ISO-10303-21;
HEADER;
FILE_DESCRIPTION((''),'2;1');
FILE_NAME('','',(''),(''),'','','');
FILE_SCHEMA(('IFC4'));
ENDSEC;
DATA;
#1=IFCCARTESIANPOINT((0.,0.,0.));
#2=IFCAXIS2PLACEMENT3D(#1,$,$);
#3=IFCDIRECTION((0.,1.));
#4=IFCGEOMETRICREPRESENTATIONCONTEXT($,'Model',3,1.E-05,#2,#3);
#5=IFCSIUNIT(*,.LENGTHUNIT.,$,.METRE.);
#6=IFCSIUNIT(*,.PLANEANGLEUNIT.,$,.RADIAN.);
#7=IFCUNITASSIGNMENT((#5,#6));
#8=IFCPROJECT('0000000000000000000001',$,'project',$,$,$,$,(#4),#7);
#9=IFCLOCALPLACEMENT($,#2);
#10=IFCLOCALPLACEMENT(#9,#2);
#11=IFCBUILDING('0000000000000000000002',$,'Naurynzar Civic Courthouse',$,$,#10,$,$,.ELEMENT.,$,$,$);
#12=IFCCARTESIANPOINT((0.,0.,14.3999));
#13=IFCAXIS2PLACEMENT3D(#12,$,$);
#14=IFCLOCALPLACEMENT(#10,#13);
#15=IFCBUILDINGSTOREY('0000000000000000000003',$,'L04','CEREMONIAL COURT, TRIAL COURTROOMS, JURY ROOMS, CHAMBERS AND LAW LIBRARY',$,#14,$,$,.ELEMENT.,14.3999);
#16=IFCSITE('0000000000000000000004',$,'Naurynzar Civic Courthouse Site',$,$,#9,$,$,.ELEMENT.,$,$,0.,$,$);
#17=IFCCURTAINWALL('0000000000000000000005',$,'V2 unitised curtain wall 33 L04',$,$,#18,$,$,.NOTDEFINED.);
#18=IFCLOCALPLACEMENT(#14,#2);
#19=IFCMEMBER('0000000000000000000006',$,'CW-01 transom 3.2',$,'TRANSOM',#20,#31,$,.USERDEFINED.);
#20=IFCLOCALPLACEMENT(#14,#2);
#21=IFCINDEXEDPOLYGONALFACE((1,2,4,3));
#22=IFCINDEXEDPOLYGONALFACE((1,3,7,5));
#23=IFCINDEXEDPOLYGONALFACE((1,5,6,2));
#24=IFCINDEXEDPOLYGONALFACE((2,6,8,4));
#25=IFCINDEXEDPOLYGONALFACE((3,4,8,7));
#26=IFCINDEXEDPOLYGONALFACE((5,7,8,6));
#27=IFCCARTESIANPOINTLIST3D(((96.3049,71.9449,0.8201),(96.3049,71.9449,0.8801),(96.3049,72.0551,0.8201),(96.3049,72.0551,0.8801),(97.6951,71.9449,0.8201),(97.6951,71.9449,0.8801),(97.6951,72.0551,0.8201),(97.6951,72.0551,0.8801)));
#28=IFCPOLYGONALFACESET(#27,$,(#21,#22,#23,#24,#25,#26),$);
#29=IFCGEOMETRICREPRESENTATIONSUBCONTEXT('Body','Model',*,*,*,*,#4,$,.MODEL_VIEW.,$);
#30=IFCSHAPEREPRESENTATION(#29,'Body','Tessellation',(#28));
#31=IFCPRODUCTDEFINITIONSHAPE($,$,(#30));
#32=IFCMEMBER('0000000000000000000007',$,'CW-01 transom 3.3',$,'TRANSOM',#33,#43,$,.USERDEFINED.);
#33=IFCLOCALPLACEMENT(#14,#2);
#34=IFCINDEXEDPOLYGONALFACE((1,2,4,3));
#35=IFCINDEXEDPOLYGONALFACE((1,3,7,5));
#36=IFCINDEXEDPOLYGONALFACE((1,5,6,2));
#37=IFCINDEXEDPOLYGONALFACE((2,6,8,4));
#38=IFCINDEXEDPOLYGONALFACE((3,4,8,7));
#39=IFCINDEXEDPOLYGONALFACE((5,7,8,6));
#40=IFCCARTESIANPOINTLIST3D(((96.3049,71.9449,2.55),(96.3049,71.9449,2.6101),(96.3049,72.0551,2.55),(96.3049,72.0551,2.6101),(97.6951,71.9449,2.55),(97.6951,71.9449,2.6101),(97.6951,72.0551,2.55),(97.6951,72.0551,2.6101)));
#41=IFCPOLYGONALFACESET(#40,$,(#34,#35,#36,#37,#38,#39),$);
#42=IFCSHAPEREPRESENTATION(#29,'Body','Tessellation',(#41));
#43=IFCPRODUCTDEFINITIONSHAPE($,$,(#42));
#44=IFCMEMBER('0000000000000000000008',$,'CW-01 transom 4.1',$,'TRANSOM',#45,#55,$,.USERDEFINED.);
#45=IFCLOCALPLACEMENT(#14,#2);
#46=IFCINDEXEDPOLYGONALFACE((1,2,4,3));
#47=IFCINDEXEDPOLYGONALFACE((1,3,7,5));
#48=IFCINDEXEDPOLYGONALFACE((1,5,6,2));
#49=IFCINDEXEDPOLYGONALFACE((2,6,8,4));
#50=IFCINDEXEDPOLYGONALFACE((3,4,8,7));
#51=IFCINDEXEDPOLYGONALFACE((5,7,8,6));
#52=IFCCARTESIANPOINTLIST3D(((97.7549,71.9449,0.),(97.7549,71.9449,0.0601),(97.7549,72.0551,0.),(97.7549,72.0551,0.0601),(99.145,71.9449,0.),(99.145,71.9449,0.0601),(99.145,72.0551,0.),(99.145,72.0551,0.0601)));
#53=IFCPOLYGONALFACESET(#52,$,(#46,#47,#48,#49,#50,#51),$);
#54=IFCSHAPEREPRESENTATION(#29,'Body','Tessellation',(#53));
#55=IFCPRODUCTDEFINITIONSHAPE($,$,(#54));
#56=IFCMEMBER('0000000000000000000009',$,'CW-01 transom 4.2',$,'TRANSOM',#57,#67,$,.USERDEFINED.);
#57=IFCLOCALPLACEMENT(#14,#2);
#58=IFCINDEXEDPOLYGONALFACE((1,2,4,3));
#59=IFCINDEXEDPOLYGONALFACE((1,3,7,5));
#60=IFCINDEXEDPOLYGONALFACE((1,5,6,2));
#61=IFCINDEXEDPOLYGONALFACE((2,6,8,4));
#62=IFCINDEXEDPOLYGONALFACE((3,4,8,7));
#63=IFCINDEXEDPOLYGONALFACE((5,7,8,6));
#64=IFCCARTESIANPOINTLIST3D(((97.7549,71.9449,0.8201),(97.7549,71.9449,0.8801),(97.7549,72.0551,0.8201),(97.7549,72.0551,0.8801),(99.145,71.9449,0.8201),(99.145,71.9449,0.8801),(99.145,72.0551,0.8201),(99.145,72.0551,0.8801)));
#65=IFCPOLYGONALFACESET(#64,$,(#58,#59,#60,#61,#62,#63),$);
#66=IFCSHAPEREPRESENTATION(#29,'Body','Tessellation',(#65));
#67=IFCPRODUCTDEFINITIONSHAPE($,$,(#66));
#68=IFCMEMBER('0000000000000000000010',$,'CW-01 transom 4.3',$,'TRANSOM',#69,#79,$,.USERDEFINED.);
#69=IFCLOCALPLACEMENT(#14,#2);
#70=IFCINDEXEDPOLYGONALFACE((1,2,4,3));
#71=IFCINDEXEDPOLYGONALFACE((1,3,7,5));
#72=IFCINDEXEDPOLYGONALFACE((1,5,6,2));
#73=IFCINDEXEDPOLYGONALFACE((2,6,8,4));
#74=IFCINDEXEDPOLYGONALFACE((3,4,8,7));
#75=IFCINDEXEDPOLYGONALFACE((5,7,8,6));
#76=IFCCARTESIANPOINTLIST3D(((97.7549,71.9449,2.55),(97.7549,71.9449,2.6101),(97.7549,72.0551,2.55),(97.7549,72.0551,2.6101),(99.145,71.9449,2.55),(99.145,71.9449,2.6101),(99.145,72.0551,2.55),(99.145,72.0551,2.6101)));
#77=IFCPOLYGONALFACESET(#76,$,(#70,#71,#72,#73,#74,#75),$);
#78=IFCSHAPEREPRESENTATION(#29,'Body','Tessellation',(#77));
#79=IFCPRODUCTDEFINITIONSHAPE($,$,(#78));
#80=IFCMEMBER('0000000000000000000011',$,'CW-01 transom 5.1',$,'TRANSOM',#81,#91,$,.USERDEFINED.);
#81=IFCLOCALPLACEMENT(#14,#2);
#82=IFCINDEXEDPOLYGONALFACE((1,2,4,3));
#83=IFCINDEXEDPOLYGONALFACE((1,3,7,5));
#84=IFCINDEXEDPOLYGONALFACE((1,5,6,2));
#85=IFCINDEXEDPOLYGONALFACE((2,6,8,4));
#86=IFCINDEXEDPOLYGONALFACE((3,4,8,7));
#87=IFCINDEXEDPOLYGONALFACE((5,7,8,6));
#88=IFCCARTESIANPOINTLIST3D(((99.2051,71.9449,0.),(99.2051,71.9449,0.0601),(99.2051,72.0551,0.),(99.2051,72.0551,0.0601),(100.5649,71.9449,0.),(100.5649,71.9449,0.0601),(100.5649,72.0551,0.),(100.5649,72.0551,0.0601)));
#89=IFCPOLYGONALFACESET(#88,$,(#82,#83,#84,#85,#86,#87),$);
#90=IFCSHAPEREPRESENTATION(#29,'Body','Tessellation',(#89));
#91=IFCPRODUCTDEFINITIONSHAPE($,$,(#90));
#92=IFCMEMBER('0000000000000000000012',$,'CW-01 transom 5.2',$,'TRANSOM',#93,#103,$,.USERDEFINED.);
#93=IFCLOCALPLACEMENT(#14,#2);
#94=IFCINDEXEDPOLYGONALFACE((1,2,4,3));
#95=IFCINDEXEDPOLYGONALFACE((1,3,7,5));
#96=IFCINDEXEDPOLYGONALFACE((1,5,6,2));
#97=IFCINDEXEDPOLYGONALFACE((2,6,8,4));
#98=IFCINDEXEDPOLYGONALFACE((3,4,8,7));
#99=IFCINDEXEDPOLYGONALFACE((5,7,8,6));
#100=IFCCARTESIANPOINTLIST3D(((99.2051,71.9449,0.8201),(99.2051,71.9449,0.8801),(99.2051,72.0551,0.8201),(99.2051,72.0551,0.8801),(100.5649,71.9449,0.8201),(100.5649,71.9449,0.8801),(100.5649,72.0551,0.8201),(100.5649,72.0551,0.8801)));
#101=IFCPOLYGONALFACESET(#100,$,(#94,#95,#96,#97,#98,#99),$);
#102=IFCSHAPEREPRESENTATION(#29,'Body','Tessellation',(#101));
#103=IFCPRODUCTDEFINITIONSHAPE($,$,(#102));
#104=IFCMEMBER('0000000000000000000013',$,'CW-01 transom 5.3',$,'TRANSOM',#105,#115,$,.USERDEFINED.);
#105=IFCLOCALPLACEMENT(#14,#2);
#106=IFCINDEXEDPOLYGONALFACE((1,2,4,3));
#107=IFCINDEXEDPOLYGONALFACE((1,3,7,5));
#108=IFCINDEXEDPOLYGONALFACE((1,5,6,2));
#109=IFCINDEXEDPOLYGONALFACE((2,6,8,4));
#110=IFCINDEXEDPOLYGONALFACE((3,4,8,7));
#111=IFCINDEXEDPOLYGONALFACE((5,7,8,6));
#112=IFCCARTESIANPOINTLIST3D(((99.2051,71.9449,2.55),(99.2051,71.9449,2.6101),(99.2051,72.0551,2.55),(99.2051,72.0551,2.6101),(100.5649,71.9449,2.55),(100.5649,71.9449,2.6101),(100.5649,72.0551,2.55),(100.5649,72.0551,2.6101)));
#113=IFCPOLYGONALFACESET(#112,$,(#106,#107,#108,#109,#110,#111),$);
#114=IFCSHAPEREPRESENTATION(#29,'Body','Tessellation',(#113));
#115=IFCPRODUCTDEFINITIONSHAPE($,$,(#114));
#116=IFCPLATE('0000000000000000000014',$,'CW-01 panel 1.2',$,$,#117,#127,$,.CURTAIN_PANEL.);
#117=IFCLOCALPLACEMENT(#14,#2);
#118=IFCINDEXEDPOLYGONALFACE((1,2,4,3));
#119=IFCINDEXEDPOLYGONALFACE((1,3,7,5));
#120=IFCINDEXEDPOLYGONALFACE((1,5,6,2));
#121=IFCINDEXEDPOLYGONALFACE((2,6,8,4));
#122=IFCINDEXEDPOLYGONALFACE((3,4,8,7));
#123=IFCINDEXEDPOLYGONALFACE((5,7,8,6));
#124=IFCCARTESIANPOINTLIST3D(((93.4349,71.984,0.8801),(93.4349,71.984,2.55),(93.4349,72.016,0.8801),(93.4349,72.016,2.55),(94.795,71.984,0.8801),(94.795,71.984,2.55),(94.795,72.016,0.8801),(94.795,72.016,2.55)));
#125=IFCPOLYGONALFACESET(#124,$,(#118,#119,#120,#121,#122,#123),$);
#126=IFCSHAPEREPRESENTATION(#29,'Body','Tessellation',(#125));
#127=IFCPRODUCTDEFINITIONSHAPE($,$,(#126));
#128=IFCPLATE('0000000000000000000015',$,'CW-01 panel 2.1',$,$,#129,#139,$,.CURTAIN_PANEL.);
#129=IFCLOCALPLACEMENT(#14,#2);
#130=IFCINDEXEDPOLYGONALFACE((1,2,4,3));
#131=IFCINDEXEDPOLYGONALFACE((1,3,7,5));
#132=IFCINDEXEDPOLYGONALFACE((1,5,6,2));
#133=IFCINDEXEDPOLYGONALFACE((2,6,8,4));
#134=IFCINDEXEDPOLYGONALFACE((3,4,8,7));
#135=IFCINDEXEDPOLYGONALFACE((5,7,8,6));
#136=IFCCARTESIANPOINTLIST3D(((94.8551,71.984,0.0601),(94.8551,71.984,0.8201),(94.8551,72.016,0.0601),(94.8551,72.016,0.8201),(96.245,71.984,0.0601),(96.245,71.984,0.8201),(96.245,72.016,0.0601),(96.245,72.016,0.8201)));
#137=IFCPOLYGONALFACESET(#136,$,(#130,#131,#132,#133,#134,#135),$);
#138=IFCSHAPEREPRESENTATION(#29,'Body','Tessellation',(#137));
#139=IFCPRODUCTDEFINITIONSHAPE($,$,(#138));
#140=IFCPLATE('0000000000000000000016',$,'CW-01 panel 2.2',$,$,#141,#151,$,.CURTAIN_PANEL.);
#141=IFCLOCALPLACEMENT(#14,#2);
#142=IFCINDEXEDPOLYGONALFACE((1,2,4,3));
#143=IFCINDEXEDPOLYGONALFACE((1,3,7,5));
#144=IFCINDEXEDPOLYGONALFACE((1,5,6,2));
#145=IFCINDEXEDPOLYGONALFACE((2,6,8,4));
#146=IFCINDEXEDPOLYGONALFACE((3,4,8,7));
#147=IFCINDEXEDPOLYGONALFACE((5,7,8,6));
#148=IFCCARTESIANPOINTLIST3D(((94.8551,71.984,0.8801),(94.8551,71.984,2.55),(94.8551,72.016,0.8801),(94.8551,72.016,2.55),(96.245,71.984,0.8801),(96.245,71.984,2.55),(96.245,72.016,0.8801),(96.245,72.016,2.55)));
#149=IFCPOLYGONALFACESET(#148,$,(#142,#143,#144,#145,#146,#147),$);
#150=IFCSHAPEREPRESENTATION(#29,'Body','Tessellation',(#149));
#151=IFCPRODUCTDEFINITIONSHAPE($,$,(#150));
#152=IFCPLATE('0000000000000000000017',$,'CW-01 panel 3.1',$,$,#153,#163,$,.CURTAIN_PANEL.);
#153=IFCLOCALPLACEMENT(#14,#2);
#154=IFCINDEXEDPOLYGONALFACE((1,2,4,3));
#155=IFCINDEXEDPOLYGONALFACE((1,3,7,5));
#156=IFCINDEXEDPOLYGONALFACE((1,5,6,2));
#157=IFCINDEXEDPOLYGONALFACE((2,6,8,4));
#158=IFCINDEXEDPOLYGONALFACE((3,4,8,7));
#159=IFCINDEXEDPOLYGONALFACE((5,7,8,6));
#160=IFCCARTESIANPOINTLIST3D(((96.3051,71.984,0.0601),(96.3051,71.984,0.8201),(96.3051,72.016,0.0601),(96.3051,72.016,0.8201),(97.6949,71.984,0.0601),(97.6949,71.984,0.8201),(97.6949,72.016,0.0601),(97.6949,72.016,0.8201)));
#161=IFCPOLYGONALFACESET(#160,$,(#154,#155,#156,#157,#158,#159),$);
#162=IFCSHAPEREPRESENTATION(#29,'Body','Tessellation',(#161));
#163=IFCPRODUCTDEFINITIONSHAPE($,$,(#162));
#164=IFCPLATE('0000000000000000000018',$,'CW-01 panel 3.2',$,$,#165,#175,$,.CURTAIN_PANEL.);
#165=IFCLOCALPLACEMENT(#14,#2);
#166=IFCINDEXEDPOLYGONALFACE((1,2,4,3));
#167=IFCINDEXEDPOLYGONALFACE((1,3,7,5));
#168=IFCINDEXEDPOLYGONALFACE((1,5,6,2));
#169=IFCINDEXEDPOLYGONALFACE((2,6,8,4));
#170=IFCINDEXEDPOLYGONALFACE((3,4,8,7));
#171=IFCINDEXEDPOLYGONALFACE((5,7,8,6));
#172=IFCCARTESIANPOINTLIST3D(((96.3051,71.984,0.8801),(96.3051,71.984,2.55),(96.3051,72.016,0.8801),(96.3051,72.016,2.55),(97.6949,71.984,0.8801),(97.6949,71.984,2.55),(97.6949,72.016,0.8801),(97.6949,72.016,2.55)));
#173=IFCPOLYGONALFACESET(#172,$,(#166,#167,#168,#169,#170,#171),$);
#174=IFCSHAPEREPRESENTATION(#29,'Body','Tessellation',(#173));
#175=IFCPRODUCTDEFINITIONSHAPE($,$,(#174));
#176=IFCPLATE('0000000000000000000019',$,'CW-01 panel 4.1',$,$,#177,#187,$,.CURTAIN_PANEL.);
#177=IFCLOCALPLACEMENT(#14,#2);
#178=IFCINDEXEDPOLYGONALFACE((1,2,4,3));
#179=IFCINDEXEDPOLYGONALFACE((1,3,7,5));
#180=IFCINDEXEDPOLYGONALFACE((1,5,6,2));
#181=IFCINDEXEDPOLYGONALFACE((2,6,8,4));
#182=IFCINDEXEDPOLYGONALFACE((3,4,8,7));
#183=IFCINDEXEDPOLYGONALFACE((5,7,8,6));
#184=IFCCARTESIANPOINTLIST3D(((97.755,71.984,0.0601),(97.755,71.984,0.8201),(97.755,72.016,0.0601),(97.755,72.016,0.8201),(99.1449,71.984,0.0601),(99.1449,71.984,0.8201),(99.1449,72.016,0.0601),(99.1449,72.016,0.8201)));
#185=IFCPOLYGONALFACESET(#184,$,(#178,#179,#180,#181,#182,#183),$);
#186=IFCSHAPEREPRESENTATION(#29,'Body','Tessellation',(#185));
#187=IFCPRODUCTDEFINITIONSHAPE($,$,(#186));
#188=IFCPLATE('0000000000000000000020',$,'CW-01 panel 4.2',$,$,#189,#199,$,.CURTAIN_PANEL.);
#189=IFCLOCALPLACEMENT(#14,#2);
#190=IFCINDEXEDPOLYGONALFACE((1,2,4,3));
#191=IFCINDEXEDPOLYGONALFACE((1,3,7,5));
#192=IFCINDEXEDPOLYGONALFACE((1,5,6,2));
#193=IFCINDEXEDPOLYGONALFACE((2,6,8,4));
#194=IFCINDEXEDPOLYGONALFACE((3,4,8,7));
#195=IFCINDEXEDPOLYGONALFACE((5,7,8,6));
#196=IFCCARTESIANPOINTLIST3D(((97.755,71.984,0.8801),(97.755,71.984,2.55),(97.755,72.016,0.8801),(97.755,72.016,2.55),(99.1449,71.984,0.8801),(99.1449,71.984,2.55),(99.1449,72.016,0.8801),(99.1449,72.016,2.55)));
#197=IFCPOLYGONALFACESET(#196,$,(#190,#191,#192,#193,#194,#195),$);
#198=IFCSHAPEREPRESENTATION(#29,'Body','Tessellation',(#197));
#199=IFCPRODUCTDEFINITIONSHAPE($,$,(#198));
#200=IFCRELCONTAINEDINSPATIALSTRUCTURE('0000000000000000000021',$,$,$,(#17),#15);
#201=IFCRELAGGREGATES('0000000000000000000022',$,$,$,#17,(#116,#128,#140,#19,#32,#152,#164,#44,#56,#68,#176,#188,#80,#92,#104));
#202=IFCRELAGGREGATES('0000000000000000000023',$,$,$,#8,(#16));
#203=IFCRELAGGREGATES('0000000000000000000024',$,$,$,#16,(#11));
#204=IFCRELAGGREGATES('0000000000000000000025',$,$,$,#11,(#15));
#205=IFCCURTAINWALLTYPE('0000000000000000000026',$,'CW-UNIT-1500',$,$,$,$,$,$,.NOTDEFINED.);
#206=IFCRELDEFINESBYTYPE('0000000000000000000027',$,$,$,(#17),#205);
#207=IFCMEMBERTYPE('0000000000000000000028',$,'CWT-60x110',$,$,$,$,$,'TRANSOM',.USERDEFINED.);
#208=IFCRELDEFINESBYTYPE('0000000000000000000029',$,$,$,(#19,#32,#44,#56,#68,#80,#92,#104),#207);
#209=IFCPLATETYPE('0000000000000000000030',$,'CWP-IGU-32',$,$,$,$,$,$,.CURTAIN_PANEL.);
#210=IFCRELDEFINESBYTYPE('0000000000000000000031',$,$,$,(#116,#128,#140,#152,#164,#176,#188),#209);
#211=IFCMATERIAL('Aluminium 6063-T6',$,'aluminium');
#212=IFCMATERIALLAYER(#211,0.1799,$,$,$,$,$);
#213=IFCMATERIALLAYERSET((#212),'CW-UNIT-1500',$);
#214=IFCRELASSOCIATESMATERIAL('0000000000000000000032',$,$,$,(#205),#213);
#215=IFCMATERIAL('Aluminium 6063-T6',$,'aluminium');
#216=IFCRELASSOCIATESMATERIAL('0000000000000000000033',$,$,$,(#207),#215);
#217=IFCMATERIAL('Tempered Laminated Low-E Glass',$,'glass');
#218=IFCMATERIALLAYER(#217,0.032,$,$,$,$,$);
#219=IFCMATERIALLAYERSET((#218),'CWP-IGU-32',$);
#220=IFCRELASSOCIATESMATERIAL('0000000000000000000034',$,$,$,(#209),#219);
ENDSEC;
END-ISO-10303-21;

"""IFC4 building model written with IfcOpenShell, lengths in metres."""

from ifc_helpers import new_model, si_unit, direction, frame, origin, origin_2d, place, context, subcontext, project, spatial, rectangle, extrude, material, layer, layer_set, material_profile, profile_set, type_object, element, aggregate, save


model = new_model("IFC4")

# Units and contexts
model_context = context("Model", 3, precision=1e-05, world=origin(), true_north=direction((0.0, 1.0)))
body_context = subcontext(model_context, "Body", "Model", "MODEL_VIEW")
ifc_project = project(units=[si_unit("LENGTHUNIT", "METRE"), si_unit("PLANEANGLEUNIT", "RADIAN")], contexts=[model_context])

# Site, building, storey
site_placement = place(None, origin())
site = spatial("IfcSite", under=ifc_project, at=site_placement, Name="Naurynzar Civic Courthouse Site", CompositionType="ELEMENT", RefElevation=0.0)
building_placement = place(site_placement, origin())
building = spatial("IfcBuilding", under=site, at=building_placement, Name="Naurynzar Civic Courthouse", CompositionType="ELEMENT")
storey_placement = place(building_placement, frame((0.0, 0.0, 14.3999)))
storey = spatial("IfcBuildingStorey", under=building, at=storey_placement, Name="L04", Description="CEREMONIAL COURT, TRIAL COURTROOMS, JURY ROOMS, CHAMBERS AND LAW LIBRARY", CompositionType="ELEMENT", Elevation=14.3999)

# Curtain wall
ifc_material_1 = material(Name="Aluminium 6063-T6", Category="aluminium")
ifc_layer_1 = layer(ifc_material_1, 0.1799)
ifc_layer_set_1 = layer_set([ifc_layer_1], Name="CW-UNIT-1500")
curtain_wall_type = type_object("IfcCurtainWallType", Name="CW-UNIT-1500", PredefinedType="NOTDEFINED", material=ifc_layer_set_1)
curtain_wall_1_placement = place(storey_placement, origin())
curtain_wall_1 = element("IfcCurtainWall", 1, at=curtain_wall_1_placement, inside=storey, type_object=curtain_wall_type, Name="V2 unitised curtain wall 33 L04", PredefinedType="NOTDEFINED")

# Members
ifc_material_2 = material(Name="Aluminium 6063-T6", Category="aluminium")
ifc_material_profile_1 = material_profile(ifc_material_2, rectangle(XDim=0.1101, YDim=0.0601, at=origin_2d()), Name="ALU TRANSOM 60x110")
ifc_profile_set_1 = profile_set([ifc_material_profile_1], Name="Aluminium 6063-T6")
member_type_1 = type_object("IfcMemberType", Name="CWT-60x110", ElementType="TRANSOM", PredefinedType="USERDEFINED", material=ifc_profile_set_1)
member_1_placement = place(storey_placement, frame((96.3049, 72.0, 0.8501), z_axis=(1.0, 0.0, 0.0), x_axis=(0.0, 1.0, 0.0)))
member_1 = element("IfcMember", 2, at=member_1_placement, type_object=member_type_1, Name="CW-01 transom 3.2", ObjectType="TRANSOM", PredefinedType="USERDEFINED", context=body_context, shape_type="SweptSolid", body=[
    extrude(rectangle(XDim=0.1101, YDim=0.0601, at=origin_2d()), origin(), (0.0, 0.0, 1.0), 1.3901),
])
member_2_placement = place(storey_placement, frame((96.3049, 72.0, 2.5801), z_axis=(1.0, 0.0, 0.0), x_axis=(0.0, 1.0, 0.0)))
member_2 = element("IfcMember", 3, at=member_2_placement, type_object=member_type_1, Name="CW-01 transom 3.3", ObjectType="TRANSOM", PredefinedType="USERDEFINED", context=body_context, shape_type="SweptSolid", body=[
    extrude(rectangle(XDim=0.1101, YDim=0.0601, at=origin_2d()), origin(), (0.0, 0.0, 1.0), 1.3901),
])
member_3_placement = place(storey_placement, frame((97.7549, 72.0, 0.03), z_axis=(1.0, 0.0, 0.0), x_axis=(0.0, 1.0, 0.0)))
member_3 = element("IfcMember", 4, at=member_3_placement, type_object=member_type_1, Name="CW-01 transom 4.1", ObjectType="TRANSOM", PredefinedType="USERDEFINED", context=body_context, shape_type="SweptSolid", body=[
    extrude(rectangle(XDim=0.1101, YDim=0.0601, at=origin_2d()), origin(), (0.0, 0.0, 1.0), 1.3901),
])
member_4_placement = place(storey_placement, frame((97.7549, 72.0, 0.8501), z_axis=(1.0, 0.0, 0.0), x_axis=(0.0, 1.0, 0.0)))
member_4 = element("IfcMember", 5, at=member_4_placement, type_object=member_type_1, Name="CW-01 transom 4.2", ObjectType="TRANSOM", PredefinedType="USERDEFINED", context=body_context, shape_type="SweptSolid", body=[
    extrude(rectangle(XDim=0.1101, YDim=0.0601, at=origin_2d()), origin(), (0.0, 0.0, 1.0), 1.3901),
])
member_5_placement = place(storey_placement, frame((97.7549, 72.0, 2.5801), z_axis=(1.0, 0.0, 0.0), x_axis=(0.0, 1.0, 0.0)))
member_5 = element("IfcMember", 6, at=member_5_placement, type_object=member_type_1, Name="CW-01 transom 4.3", ObjectType="TRANSOM", PredefinedType="USERDEFINED", context=body_context, shape_type="SweptSolid", body=[
    extrude(rectangle(XDim=0.1101, YDim=0.0601, at=origin_2d()), origin(), (0.0, 0.0, 1.0), 1.3901),
])
member_6_placement = place(storey_placement, frame((99.2051, 72.0, 0.03), z_axis=(1.0, 0.0, 0.0), x_axis=(0.0, 1.0, 0.0)))
member_6 = element("IfcMember", 7, at=member_6_placement, type_object=member_type_1, Name="CW-01 transom 5.1", ObjectType="TRANSOM", PredefinedType="USERDEFINED", context=body_context, shape_type="SweptSolid", body=[
    extrude(rectangle(XDim=0.1101, YDim=0.0601, at=origin_2d()), origin(), (0.0, 0.0, 1.0), 1.3599),
])
member_7_placement = place(storey_placement, frame((99.2051, 72.0, 0.8501), z_axis=(1.0, 0.0, 0.0), x_axis=(0.0, 1.0, 0.0)))
member_7 = element("IfcMember", 8, at=member_7_placement, type_object=member_type_1, Name="CW-01 transom 5.2", ObjectType="TRANSOM", PredefinedType="USERDEFINED", context=body_context, shape_type="SweptSolid", body=[
    extrude(rectangle(XDim=0.1101, YDim=0.0601, at=origin_2d()), origin(), (0.0, 0.0, 1.0), 1.3599),
])
member_8_placement = place(storey_placement, frame((99.2051, 72.0, 2.5801), z_axis=(1.0, 0.0, 0.0), x_axis=(0.0, 1.0, 0.0)))
member_8 = element("IfcMember", 9, at=member_8_placement, type_object=member_type_1, Name="CW-01 transom 5.3", ObjectType="TRANSOM", PredefinedType="USERDEFINED", context=body_context, shape_type="SweptSolid", body=[
    extrude(rectangle(XDim=0.1101, YDim=0.0601, at=origin_2d()), origin(), (0.0, 0.0, 1.0), 1.3599),
])

# Plates
ifc_material_3 = material(Name="Tempered Laminated Low-E Glass", Category="glass")
ifc_layer_2 = layer(ifc_material_3, 0.032)
ifc_layer_set_2 = layer_set([ifc_layer_2], Name="CWP-IGU-32")
plate_type = type_object("IfcPlateType", Name="CWP-IGU-32", PredefinedType="CURTAIN_PANEL", material=ifc_layer_set_2)
plate_1_placement = place(storey_placement, frame((94.115, 72.0, 0.8801), z_axis=(0.0, 0.0, 1.0), x_axis=(1.0, 0.0, 0.0)))
plate_1 = element("IfcPlate", 10, at=plate_1_placement, type_object=plate_type, Name="CW-01 panel 1.2", PredefinedType="CURTAIN_PANEL", context=body_context, shape_type="SweptSolid", body=[
    extrude(rectangle(XDim=1.3601, YDim=0.032, at=origin_2d()), origin(), (0.0, 0.0, 1.0), 1.6699),
])
plate_2_placement = place(storey_placement, frame((95.55, 72.0, 0.0601), z_axis=(0.0, 0.0, 1.0), x_axis=(1.0, 0.0, 0.0)))
plate_2 = element("IfcPlate", 11, at=plate_2_placement, type_object=plate_type, Name="CW-01 panel 2.1", PredefinedType="CURTAIN_PANEL", context=body_context, shape_type="SweptSolid", body=[
    extrude(rectangle(XDim=1.3899, YDim=0.032, at=origin_2d()), origin(), (0.0, 0.0, 1.0), 0.76),
])
plate_3_placement = place(storey_placement, frame((95.55, 72.0, 0.8801), z_axis=(0.0, 0.0, 1.0), x_axis=(1.0, 0.0, 0.0)))
plate_3 = element("IfcPlate", 12, at=plate_3_placement, type_object=plate_type, Name="CW-01 panel 2.2", PredefinedType="CURTAIN_PANEL", context=body_context, shape_type="SweptSolid", body=[
    extrude(rectangle(XDim=1.3899, YDim=0.032, at=origin_2d()), origin(), (0.0, 0.0, 1.0), 1.6699),
])
plate_4_placement = place(storey_placement, frame((97.0, 72.0, 0.0601), z_axis=(0.0, 0.0, 1.0), x_axis=(1.0, 0.0, 0.0)))
plate_4 = element("IfcPlate", 13, at=plate_4_placement, type_object=plate_type, Name="CW-01 panel 3.1", PredefinedType="CURTAIN_PANEL", context=body_context, shape_type="SweptSolid", body=[
    extrude(rectangle(XDim=1.3899, YDim=0.032, at=origin_2d()), origin(), (0.0, 0.0, 1.0), 0.76),
])
plate_5_placement = place(storey_placement, frame((97.0, 72.0, 0.8801), z_axis=(0.0, 0.0, 1.0), x_axis=(1.0, 0.0, 0.0)))
plate_5 = element("IfcPlate", 14, at=plate_5_placement, type_object=plate_type, Name="CW-01 panel 3.2", PredefinedType="CURTAIN_PANEL", context=body_context, shape_type="SweptSolid", body=[
    extrude(rectangle(XDim=1.3899, YDim=0.032, at=origin_2d()), origin(), (0.0, 0.0, 1.0), 1.6699),
])
plate_6_placement = place(storey_placement, frame((98.45, 72.0, 0.0601), z_axis=(0.0, 0.0, 1.0), x_axis=(1.0, 0.0, 0.0)))
plate_6 = element("IfcPlate", 15, at=plate_6_placement, type_object=plate_type, Name="CW-01 panel 4.1", PredefinedType="CURTAIN_PANEL", context=body_context, shape_type="SweptSolid", body=[
    extrude(rectangle(XDim=1.3899, YDim=0.032, at=origin_2d()), origin(), (0.0, 0.0, 1.0), 0.76),
])
plate_7_placement = place(storey_placement, frame((98.45, 72.0, 0.8801), z_axis=(0.0, 0.0, 1.0), x_axis=(1.0, 0.0, 0.0)))
plate_7 = element("IfcPlate", 16, at=plate_7_placement, type_object=plate_type, Name="CW-01 panel 4.2", PredefinedType="CURTAIN_PANEL", context=body_context, shape_type="SweptSolid", body=[
    extrude(rectangle(XDim=1.3899, YDim=0.032, at=origin_2d()), origin(), (0.0, 0.0, 1.0), 1.6699),
])
aggregate(curtain_wall_1, [plate_1, plate_2, plate_3, member_1, member_2, plate_4, plate_5, member_3, member_4, member_5, plate_6, plate_7, member_6, member_7, member_8])

save(model, "model.ifc")
